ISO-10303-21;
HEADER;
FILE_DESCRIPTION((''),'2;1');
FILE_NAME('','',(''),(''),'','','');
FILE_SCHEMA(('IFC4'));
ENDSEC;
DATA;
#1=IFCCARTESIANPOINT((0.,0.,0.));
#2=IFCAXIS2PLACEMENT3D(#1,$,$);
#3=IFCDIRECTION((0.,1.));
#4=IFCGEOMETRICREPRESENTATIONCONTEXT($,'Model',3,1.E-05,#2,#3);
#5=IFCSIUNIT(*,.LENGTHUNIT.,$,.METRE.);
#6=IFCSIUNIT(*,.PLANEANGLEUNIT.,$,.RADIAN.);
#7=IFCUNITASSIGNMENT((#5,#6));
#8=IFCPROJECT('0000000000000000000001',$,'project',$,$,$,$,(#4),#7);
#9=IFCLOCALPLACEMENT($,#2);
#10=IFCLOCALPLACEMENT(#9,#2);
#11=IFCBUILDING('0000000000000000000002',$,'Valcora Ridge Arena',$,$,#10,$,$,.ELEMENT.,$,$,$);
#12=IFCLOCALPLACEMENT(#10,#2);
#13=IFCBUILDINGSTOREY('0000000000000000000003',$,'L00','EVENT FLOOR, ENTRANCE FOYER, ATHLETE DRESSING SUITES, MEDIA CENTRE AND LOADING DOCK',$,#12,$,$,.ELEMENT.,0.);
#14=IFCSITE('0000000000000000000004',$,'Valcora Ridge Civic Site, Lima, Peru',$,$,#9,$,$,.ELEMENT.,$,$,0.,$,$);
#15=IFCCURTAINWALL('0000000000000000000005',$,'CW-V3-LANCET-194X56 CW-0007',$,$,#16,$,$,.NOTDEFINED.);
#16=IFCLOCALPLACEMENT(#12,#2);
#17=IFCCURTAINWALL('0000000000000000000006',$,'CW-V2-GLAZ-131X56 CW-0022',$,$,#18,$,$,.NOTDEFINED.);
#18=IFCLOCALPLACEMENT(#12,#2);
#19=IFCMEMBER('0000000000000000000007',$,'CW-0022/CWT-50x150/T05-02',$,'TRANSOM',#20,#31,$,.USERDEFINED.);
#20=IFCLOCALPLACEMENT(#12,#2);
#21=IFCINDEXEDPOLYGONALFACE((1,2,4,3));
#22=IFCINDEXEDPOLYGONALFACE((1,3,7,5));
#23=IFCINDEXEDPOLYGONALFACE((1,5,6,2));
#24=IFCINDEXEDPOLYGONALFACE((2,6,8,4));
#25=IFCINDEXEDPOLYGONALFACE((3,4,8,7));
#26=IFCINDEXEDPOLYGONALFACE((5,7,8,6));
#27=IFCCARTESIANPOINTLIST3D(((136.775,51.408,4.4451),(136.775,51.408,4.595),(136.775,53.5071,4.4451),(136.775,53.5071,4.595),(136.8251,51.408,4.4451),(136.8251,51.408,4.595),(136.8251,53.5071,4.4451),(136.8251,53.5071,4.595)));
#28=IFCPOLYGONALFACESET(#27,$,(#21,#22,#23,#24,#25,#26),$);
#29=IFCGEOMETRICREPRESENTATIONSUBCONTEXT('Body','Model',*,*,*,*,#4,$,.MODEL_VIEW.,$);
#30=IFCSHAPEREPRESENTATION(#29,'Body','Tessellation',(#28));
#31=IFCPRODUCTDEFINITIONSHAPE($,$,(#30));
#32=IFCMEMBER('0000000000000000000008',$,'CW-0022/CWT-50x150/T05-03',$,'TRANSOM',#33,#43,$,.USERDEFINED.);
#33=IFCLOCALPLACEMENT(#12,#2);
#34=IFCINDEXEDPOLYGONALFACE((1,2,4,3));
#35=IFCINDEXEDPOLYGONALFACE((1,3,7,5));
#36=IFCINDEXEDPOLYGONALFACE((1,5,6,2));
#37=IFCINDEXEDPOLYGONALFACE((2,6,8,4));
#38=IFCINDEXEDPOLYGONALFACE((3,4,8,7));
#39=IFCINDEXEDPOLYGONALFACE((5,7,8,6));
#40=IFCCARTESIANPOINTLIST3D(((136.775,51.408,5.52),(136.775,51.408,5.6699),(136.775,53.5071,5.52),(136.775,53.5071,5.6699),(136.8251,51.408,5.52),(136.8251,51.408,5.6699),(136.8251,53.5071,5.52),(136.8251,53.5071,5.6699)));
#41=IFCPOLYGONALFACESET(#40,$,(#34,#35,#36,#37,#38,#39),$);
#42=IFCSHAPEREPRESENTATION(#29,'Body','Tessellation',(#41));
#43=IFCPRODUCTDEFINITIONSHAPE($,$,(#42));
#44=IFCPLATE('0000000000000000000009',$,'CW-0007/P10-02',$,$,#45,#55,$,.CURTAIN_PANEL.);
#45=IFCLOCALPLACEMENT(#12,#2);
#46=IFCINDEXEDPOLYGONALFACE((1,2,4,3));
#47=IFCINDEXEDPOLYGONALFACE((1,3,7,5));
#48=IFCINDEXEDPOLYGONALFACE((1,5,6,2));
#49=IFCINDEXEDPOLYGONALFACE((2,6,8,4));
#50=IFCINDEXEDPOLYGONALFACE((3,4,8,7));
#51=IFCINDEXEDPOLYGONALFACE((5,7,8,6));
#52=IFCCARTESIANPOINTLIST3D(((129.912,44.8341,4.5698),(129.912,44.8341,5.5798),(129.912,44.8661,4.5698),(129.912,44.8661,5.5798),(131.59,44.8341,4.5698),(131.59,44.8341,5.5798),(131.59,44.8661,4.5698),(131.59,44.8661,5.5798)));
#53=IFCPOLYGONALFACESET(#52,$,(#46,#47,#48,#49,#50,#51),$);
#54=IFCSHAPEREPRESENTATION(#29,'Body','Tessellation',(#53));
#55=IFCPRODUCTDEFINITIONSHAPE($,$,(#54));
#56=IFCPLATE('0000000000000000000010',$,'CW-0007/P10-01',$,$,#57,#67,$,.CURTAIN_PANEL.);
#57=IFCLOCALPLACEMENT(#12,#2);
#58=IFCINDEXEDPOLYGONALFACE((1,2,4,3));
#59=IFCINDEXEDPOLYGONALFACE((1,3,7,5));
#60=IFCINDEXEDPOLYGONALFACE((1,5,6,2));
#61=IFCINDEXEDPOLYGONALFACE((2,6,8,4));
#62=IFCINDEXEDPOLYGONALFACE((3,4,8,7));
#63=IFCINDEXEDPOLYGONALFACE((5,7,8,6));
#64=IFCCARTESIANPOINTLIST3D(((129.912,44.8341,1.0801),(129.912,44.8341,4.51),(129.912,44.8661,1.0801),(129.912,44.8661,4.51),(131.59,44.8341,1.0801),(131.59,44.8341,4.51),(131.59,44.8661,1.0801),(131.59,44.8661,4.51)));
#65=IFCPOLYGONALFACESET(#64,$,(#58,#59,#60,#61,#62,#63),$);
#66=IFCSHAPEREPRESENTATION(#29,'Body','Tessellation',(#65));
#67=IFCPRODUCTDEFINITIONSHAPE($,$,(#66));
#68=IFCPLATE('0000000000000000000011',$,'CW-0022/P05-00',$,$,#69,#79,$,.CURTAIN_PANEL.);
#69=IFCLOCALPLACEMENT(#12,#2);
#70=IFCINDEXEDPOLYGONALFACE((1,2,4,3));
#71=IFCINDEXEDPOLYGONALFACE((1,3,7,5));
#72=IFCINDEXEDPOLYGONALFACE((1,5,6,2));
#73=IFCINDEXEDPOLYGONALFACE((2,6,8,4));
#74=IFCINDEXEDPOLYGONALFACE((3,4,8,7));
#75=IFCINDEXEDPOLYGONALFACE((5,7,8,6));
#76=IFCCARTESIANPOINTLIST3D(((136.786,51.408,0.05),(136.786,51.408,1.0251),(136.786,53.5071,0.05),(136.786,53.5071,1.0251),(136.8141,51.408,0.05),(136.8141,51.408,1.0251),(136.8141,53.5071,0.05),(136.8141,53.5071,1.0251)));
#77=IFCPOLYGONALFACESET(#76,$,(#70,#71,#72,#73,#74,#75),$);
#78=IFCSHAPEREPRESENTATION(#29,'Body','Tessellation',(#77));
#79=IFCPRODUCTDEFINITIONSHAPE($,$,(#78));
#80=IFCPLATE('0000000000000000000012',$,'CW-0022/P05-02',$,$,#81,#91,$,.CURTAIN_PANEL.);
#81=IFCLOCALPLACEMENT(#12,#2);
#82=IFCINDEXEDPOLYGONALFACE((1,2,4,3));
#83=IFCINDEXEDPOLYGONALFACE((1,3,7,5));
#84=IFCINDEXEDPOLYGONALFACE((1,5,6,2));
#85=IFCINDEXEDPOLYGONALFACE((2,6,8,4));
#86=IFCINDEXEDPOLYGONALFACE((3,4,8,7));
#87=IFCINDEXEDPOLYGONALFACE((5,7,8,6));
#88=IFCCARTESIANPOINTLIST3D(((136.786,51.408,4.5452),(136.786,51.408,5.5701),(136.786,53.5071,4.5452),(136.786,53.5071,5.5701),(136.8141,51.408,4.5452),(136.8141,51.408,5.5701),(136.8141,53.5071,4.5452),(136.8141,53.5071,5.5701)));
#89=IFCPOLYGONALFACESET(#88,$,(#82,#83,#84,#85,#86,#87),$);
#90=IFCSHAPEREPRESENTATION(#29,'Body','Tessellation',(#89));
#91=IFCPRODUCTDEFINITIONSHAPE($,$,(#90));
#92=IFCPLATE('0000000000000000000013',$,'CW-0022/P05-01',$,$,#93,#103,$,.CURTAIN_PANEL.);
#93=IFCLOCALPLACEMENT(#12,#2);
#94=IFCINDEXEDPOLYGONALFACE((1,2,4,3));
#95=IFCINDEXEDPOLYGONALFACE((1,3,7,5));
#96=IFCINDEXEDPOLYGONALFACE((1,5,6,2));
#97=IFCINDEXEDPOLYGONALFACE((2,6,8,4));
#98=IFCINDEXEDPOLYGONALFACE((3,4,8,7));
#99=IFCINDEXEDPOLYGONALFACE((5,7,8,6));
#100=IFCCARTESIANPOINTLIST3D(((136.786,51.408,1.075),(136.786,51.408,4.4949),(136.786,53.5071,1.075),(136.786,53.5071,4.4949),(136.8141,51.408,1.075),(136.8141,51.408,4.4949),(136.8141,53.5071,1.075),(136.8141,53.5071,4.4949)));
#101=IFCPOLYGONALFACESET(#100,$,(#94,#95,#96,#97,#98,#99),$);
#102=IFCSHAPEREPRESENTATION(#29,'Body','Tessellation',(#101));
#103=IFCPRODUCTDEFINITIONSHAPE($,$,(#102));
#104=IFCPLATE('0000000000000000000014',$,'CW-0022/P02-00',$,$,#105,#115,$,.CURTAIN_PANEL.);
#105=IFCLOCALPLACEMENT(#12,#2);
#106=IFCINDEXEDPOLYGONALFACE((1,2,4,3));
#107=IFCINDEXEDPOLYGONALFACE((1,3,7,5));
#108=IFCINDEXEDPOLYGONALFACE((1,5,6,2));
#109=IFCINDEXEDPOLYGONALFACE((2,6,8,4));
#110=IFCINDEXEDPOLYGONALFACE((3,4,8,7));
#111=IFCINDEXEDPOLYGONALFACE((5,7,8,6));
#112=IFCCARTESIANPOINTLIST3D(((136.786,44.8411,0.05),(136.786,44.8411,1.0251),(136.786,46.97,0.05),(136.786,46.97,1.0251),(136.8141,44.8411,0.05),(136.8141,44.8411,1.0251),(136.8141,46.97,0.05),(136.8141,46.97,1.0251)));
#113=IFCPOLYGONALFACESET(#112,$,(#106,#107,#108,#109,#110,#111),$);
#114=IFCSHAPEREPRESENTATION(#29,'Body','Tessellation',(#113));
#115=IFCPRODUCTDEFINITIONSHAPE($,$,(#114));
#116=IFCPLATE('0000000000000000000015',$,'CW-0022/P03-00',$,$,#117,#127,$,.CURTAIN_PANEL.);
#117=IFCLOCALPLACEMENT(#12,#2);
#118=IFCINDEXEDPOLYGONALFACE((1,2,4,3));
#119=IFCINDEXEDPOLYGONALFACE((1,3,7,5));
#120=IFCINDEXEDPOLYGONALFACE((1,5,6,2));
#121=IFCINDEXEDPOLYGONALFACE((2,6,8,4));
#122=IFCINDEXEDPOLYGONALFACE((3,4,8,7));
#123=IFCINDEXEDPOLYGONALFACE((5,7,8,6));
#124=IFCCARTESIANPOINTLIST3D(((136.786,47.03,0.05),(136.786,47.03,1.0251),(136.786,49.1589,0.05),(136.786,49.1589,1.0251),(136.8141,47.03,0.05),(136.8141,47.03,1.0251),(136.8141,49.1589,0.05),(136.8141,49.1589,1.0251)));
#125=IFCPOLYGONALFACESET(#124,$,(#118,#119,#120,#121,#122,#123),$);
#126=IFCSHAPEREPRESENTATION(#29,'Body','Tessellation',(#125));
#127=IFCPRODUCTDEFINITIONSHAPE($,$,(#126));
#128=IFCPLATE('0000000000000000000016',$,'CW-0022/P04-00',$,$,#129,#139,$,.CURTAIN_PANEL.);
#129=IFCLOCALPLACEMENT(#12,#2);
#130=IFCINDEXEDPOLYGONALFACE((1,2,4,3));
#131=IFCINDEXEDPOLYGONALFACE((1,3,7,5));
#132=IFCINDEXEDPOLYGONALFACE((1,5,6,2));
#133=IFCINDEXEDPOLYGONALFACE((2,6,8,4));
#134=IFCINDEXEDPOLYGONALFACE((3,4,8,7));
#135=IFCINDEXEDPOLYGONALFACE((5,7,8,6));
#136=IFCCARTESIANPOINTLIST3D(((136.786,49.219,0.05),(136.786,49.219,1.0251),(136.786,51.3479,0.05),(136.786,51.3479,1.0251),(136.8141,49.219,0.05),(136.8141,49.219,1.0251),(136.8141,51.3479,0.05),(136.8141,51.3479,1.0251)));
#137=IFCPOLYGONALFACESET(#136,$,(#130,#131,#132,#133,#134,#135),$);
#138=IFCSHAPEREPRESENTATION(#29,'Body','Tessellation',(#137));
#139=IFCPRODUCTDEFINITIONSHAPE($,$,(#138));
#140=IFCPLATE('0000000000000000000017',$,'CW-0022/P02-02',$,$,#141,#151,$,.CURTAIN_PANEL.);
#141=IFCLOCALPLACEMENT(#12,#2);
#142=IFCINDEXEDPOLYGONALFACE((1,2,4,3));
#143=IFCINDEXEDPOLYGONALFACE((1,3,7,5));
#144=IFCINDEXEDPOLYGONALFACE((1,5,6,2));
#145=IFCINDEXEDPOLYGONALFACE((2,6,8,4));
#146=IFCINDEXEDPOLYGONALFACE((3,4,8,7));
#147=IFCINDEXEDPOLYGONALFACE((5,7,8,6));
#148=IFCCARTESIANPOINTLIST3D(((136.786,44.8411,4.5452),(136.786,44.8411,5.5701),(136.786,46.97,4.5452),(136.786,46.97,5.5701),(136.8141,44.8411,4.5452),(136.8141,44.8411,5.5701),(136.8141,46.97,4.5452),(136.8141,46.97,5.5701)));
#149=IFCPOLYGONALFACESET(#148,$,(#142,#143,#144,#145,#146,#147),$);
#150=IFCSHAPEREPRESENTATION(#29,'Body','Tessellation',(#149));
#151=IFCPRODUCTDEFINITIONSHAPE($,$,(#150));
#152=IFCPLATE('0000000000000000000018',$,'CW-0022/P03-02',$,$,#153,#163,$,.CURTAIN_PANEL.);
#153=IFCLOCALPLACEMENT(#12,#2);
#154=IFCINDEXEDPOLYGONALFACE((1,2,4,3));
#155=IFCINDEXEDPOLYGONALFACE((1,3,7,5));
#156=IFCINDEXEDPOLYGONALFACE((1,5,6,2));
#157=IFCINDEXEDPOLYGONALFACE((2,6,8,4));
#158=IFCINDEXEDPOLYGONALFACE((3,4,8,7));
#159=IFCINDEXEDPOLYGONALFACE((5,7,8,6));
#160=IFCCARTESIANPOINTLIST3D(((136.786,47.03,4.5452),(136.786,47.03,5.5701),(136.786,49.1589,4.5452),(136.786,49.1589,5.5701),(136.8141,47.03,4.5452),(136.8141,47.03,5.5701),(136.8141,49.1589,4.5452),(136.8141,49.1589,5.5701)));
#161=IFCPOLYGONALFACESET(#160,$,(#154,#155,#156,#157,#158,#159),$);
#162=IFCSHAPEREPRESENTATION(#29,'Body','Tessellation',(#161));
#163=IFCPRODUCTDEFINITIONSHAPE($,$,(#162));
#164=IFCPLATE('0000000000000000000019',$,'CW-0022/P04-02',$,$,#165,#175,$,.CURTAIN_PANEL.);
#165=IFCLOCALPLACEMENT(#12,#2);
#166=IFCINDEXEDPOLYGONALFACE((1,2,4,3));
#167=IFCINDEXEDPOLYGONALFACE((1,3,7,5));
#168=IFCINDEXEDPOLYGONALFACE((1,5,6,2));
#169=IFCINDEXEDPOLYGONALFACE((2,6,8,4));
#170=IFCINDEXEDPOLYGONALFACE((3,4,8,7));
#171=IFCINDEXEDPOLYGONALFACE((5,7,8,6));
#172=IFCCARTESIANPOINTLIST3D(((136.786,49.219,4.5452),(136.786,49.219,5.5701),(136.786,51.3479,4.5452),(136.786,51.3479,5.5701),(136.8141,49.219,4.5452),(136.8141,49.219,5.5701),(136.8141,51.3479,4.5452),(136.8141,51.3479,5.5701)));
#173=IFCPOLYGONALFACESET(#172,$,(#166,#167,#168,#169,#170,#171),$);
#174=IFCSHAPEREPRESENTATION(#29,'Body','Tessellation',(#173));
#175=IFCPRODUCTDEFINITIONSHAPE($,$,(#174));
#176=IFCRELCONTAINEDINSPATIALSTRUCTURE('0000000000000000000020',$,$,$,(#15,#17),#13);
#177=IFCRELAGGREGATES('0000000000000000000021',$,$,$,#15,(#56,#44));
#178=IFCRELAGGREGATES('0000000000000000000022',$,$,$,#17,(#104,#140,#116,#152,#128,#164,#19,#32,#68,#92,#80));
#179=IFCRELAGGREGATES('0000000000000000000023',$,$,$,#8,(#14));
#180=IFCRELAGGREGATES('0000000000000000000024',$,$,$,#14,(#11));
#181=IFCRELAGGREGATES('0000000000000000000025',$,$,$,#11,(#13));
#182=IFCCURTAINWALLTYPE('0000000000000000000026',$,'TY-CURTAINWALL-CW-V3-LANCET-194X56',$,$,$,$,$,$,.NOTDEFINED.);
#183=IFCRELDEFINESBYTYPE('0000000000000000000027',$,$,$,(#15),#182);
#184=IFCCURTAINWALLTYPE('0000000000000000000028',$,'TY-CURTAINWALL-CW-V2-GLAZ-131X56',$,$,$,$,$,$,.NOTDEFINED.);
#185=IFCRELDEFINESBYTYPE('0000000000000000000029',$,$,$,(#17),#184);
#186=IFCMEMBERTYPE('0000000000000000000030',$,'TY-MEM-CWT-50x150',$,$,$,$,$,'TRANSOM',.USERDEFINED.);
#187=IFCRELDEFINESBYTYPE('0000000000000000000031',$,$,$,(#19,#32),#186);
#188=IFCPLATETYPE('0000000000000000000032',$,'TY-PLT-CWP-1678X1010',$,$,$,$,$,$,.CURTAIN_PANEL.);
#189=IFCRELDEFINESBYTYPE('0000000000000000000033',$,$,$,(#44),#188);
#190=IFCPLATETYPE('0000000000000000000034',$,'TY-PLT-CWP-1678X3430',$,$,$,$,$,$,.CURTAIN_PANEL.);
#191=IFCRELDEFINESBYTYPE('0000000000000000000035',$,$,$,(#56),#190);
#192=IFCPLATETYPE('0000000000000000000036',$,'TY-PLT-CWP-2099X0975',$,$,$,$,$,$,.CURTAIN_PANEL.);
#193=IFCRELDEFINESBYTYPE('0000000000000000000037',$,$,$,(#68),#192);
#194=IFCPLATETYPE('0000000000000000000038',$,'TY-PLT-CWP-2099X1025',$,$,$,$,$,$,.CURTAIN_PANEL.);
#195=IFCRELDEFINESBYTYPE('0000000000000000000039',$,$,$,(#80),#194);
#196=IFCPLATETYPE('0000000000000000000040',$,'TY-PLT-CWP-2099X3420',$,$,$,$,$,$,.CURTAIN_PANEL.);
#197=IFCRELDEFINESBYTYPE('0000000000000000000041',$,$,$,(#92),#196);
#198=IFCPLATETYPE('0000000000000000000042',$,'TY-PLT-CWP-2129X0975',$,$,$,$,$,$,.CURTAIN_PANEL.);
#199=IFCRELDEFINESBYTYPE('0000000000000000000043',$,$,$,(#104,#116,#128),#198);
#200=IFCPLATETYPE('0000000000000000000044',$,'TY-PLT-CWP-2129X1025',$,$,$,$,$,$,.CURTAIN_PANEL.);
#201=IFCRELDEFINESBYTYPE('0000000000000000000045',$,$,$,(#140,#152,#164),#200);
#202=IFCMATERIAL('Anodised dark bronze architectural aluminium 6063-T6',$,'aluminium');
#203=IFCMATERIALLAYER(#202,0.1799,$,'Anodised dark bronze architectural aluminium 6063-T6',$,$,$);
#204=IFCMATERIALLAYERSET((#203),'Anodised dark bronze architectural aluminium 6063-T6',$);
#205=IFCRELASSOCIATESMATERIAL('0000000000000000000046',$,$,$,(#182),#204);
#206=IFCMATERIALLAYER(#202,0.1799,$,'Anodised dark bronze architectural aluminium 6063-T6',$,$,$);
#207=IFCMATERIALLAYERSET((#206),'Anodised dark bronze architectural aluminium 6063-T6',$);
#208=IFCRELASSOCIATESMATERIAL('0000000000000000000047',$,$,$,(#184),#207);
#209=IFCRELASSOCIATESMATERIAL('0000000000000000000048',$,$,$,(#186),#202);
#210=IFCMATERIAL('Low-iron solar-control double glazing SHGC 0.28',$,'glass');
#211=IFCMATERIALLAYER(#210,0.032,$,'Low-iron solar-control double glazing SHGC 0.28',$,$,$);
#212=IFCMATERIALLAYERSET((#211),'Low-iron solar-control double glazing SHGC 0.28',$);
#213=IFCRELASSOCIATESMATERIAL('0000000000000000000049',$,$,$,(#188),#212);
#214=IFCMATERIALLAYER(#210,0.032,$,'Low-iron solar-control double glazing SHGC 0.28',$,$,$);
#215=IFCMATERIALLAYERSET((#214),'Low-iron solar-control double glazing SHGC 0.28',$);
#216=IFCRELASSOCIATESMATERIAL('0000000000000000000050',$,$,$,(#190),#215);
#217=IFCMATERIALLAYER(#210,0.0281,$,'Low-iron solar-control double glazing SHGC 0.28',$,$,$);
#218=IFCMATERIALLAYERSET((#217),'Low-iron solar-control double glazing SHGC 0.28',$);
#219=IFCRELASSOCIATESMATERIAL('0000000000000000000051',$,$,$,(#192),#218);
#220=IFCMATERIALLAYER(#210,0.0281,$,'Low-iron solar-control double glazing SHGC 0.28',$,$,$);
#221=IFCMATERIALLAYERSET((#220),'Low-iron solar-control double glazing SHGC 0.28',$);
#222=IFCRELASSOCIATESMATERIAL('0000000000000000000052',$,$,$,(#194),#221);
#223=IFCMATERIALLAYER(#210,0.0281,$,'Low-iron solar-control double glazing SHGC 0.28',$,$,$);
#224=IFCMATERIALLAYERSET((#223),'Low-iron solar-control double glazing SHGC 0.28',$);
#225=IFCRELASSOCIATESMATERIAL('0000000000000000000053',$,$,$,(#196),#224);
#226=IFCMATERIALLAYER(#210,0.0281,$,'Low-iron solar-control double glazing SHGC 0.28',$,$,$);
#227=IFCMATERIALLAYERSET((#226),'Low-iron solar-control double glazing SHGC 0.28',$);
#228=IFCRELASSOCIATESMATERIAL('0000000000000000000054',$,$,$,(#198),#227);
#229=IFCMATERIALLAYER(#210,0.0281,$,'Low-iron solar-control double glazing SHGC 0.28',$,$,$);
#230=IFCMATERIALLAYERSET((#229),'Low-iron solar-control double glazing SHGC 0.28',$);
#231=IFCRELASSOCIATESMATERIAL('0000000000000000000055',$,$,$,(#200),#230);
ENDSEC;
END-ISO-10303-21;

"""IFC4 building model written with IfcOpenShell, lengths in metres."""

from ifc_helpers import new_model, si_unit, direction, frame, origin, origin_2d, place, context, subcontext, project, spatial, rectangle, extrude, material, layer, layer_set, material_profile, profile_set, type_object, element, aggregate, save


model = new_model("IFC4")

# Units and contexts
model_context = context("Model", 3, precision=1e-05, world=origin(), true_north=direction((0.0, 1.0)))
body_context = subcontext(model_context, "Body", "Model", "MODEL_VIEW")
ifc_project = project(units=[si_unit("LENGTHUNIT", "METRE"), si_unit("PLANEANGLEUNIT", "RADIAN")], contexts=[model_context])

# Site, building, storey
site_placement = place(None, origin())
site = spatial("IfcSite", under=ifc_project, at=site_placement, Name="Valcora Ridge Civic Site, Lima, Peru", CompositionType="ELEMENT", RefElevation=0.0)
building_placement = place(site_placement, origin())
building = spatial("IfcBuilding", under=site, at=building_placement, Name="Valcora Ridge Arena", CompositionType="ELEMENT")
storey_placement = place(building_placement, origin())
storey = spatial("IfcBuildingStorey", under=building, at=storey_placement, Name="L00", Description="EVENT FLOOR, ENTRANCE FOYER, ATHLETE DRESSING SUITES, MEDIA CENTRE AND LOADING DOCK", CompositionType="ELEMENT", Elevation=0.0)

# Curtain wall
ifc_material_1 = material(Name="Anodised dark bronze architectural aluminium 6063-T6", Category="aluminium")
ifc_layer_1 = layer(ifc_material_1, 0.1799, Name="Anodised dark bronze architectural aluminium 6063-T6")
ifc_layer_set_1 = layer_set([ifc_layer_1], Name="Anodised dark bronze architectural aluminium 6063-T6")
curtain_wall_type_1 = type_object("IfcCurtainWallType", Name="TY-CURTAINWALL-CW-V3-LANCET-194X56", PredefinedType="NOTDEFINED", material=ifc_layer_set_1)
curtain_wall_1_placement = place(storey_placement, origin())
curtain_wall_1 = element("IfcCurtainWall", 1, at=curtain_wall_1_placement, inside=storey, type_object=curtain_wall_type_1, Name="CW-V3-LANCET-194X56 CW-0007", PredefinedType="NOTDEFINED")

# Curtain wall
ifc_layer_2 = layer(ifc_material_1, 0.1799, Name="Anodised dark bronze architectural aluminium 6063-T6")
ifc_layer_set_2 = layer_set([ifc_layer_2], Name="Anodised dark bronze architectural aluminium 6063-T6")
curtain_wall_type_2 = type_object("IfcCurtainWallType", Name="TY-CURTAINWALL-CW-V2-GLAZ-131X56", PredefinedType="NOTDEFINED", material=ifc_layer_set_2)
curtain_wall_2_placement = place(storey_placement, origin())
curtain_wall_2 = element("IfcCurtainWall", 2, at=curtain_wall_2_placement, inside=storey, type_object=curtain_wall_type_2, Name="CW-V2-GLAZ-131X56 CW-0022", PredefinedType="NOTDEFINED")

# Members
ifc_material_profile_1 = material_profile(ifc_material_1, rectangle(XDim=0.05, YDim=0.1499, at=origin_2d()), Name="ALU TRANSOM 50x150")
ifc_profile_set_1 = profile_set([ifc_material_profile_1], Name="Anodised dark bronze architectural aluminium 6063-T6")
member_type_1 = type_object("IfcMemberType", Name="TY-MEM-CWT-50x150", ElementType="TRANSOM", PredefinedType="USERDEFINED", material=ifc_profile_set_1)
member_1_placement = place(storey_placement, frame((136.8, 51.408, 4.52), z_axis=(0.0, 1.0, 0.0), x_axis=(-1.0, 0.0, 0.0)))
member_1 = element("IfcMember", 3, at=member_1_placement, type_object=member_type_1, Name="CW-0022/CWT-50x150/T05-02", ObjectType="TRANSOM", PredefinedType="USERDEFINED", context=body_context, shape_type="SweptSolid", body=[
    extrude(rectangle(XDim=0.05, YDim=0.1499, at=origin_2d()), origin(), (0.0, 0.0, 1.0), 2.0991),
])
member_2_placement = place(storey_placement, frame((136.8, 51.408, 5.595), z_axis=(0.0, 1.0, 0.0), x_axis=(-1.0, 0.0, 0.0)))
member_2 = element("IfcMember", 4, at=member_2_placement, type_object=member_type_1, Name="CW-0022/CWT-50x150/T05-03", ObjectType="TRANSOM", PredefinedType="USERDEFINED", context=body_context, shape_type="SweptSolid", body=[
    extrude(rectangle(XDim=0.05, YDim=0.1499, at=origin_2d()), origin(), (0.0, 0.0, 1.0), 2.0991),
])

# Plates
ifc_material_2 = material(Name="Low-iron solar-control double glazing SHGC 0.28", Category="glass")
ifc_layer_3 = layer(ifc_material_2, 0.032, Name="Low-iron solar-control double glazing SHGC 0.28")
ifc_layer_set_3 = layer_set([ifc_layer_3], Name="Low-iron solar-control double glazing SHGC 0.28")
plate_type_1 = type_object("IfcPlateType", Name="TY-PLT-CWP-1678X1010", PredefinedType="CURTAIN_PANEL", material=ifc_layer_set_3)
plate_1_placement = place(storey_placement, frame((130.751, 44.8501, 4.5698), z_axis=(0.0, 0.0, 1.0), x_axis=(1.0, 0.0, 0.0)))
plate_1 = element("IfcPlate", 5, at=plate_1_placement, type_object=plate_type_1, Name="CW-0007/P10-02", PredefinedType="CURTAIN_PANEL", context=body_context, shape_type="SweptSolid", body=[
    extrude(rectangle(XDim=1.678, YDim=0.032, at=origin_2d()), origin(), (0.0, 0.0, 1.0), 1.01),
])
ifc_layer_4 = layer(ifc_material_2, 0.032, Name="Low-iron solar-control double glazing SHGC 0.28")
ifc_layer_set_4 = layer_set([ifc_layer_4], Name="Low-iron solar-control double glazing SHGC 0.28")
plate_type_2 = type_object("IfcPlateType", Name="TY-PLT-CWP-1678X3430", PredefinedType="CURTAIN_PANEL", material=ifc_layer_set_4)
plate_2_placement = place(storey_placement, frame((130.751, 44.8501, 1.0801), z_axis=(0.0, 0.0, 1.0), x_axis=(1.0, 0.0, 0.0)))
plate_2 = element("IfcPlate", 6, at=plate_2_placement, type_object=plate_type_2, Name="CW-0007/P10-01", PredefinedType="CURTAIN_PANEL", context=body_context, shape_type="SweptSolid", body=[
    extrude(rectangle(XDim=1.678, YDim=0.032, at=origin_2d()), origin(), (0.0, 0.0, 1.0), 3.4299),
])
aggregate(curtain_wall_1, [plate_2, plate_1])
ifc_layer_5 = layer(ifc_material_2, 0.0281, Name="Low-iron solar-control double glazing SHGC 0.28")
ifc_layer_set_5 = layer_set([ifc_layer_5], Name="Low-iron solar-control double glazing SHGC 0.28")
plate_type_3 = type_object("IfcPlateType", Name="TY-PLT-CWP-2099X0975", PredefinedType="CURTAIN_PANEL", material=ifc_layer_set_5)
plate_3_placement = place(storey_placement, frame((136.8, 52.4575, 0.05), z_axis=(0.0, 0.0, 1.0), x_axis=(0.0, 1.0, 0.0)))
plate_3 = element("IfcPlate", 7, at=plate_3_placement, type_object=plate_type_3, Name="CW-0022/P05-00", PredefinedType="CURTAIN_PANEL", context=body_context, shape_type="SweptSolid", body=[
    extrude(rectangle(XDim=2.0991, YDim=0.0281, at=origin_2d()), origin(), (0.0, 0.0, 1.0), 0.9751),
])
ifc_layer_6 = layer(ifc_material_2, 0.0281, Name="Low-iron solar-control double glazing SHGC 0.28")
ifc_layer_set_6 = layer_set([ifc_layer_6], Name="Low-iron solar-control double glazing SHGC 0.28")
plate_type_4 = type_object("IfcPlateType", Name="TY-PLT-CWP-2099X1025", PredefinedType="CURTAIN_PANEL", material=ifc_layer_set_6)
plate_4_placement = place(storey_placement, frame((136.8, 52.4575, 4.5452), z_axis=(0.0, 0.0, 1.0), x_axis=(0.0, 1.0, 0.0)))
plate_4 = element("IfcPlate", 8, at=plate_4_placement, type_object=plate_type_4, Name="CW-0022/P05-02", PredefinedType="CURTAIN_PANEL", context=body_context, shape_type="SweptSolid", body=[
    extrude(rectangle(XDim=2.0991, YDim=0.0281, at=origin_2d()), origin(), (0.0, 0.0, 1.0), 1.0249),
])
ifc_layer_7 = layer(ifc_material_2, 0.0281, Name="Low-iron solar-control double glazing SHGC 0.28")
ifc_layer_set_7 = layer_set([ifc_layer_7], Name="Low-iron solar-control double glazing SHGC 0.28")
plate_type_5 = type_object("IfcPlateType", Name="TY-PLT-CWP-2099X3420", PredefinedType="CURTAIN_PANEL", material=ifc_layer_set_7)
plate_5_placement = place(storey_placement, frame((136.8, 52.4575, 1.075), z_axis=(0.0, 0.0, 1.0), x_axis=(0.0, 1.0, 0.0)))
plate_5 = element("IfcPlate", 9, at=plate_5_placement, type_object=plate_type_5, Name="CW-0022/P05-01", PredefinedType="CURTAIN_PANEL", context=body_context, shape_type="SweptSolid", body=[
    extrude(rectangle(XDim=2.0991, YDim=0.0281, at=origin_2d()), origin(), (0.0, 0.0, 1.0), 3.4199),
])
ifc_layer_8 = layer(ifc_material_2, 0.0281, Name="Low-iron solar-control double glazing SHGC 0.28")
ifc_layer_set_8 = layer_set([ifc_layer_8], Name="Low-iron solar-control double glazing SHGC 0.28")
plate_type_6 = type_object("IfcPlateType", Name="TY-PLT-CWP-2129X0975", PredefinedType="CURTAIN_PANEL", material=ifc_layer_set_8)
plate_6_placement = place(storey_placement, frame((136.8, 45.9055, 0.05), z_axis=(0.0, 0.0, 1.0), x_axis=(0.0, 1.0, 0.0)))
plate_6 = element("IfcPlate", 10, at=plate_6_placement, type_object=plate_type_6, Name="CW-0022/P02-00", PredefinedType="CURTAIN_PANEL", context=body_context, shape_type="SweptSolid", body=[
    extrude(rectangle(XDim=2.1289, YDim=0.0281, at=origin_2d()), origin(), (0.0, 0.0, 1.0), 0.9751),
])
plate_7_placement = place(storey_placement, frame((136.8, 48.0945, 0.05), z_axis=(0.0, 0.0, 1.0), x_axis=(0.0, 1.0, 0.0)))
plate_7 = element("IfcPlate", 11, at=plate_7_placement, type_object=plate_type_6, Name="CW-0022/P03-00", PredefinedType="CURTAIN_PANEL", context=body_context, shape_type="SweptSolid", body=[
    extrude(rectangle(XDim=2.1289, YDim=0.0281, at=origin_2d()), origin(), (0.0, 0.0, 1.0), 0.9751),
])
plate_8_placement = place(storey_placement, frame((136.8, 50.2834, 0.05), z_axis=(0.0, 0.0, 1.0), x_axis=(0.0, 1.0, 0.0)))
plate_8 = element("IfcPlate", 12, at=plate_8_placement, type_object=plate_type_6, Name="CW-0022/P04-00", PredefinedType="CURTAIN_PANEL", context=body_context, shape_type="SweptSolid", body=[
    extrude(rectangle(XDim=2.1289, YDim=0.0281, at=origin_2d()), origin(), (0.0, 0.0, 1.0), 0.9751),
])
ifc_layer_9 = layer(ifc_material_2, 0.0281, Name="Low-iron solar-control double glazing SHGC 0.28")
ifc_layer_set_9 = layer_set([ifc_layer_9], Name="Low-iron solar-control double glazing SHGC 0.28")
plate_type_7 = type_object("IfcPlateType", Name="TY-PLT-CWP-2129X1025", PredefinedType="CURTAIN_PANEL", material=ifc_layer_set_9)
plate_9_placement = place(storey_placement, frame((136.8, 45.9055, 4.5452), z_axis=(0.0, 0.0, 1.0), x_axis=(0.0, 1.0, 0.0)))
plate_9 = element("IfcPlate", 13, at=plate_9_placement, type_object=plate_type_7, Name="CW-0022/P02-02", PredefinedType="CURTAIN_PANEL", context=body_context, shape_type="SweptSolid", body=[
    extrude(rectangle(XDim=2.1289, YDim=0.0281, at=origin_2d()), origin(), (0.0, 0.0, 1.0), 1.0249),
])
plate_10_placement = place(storey_placement, frame((136.8, 48.0945, 4.5452), z_axis=(0.0, 0.0, 1.0), x_axis=(0.0, 1.0, 0.0)))
plate_10 = element("IfcPlate", 14, at=plate_10_placement, type_object=plate_type_7, Name="CW-0022/P03-02", PredefinedType="CURTAIN_PANEL", context=body_context, shape_type="SweptSolid", body=[
    extrude(rectangle(XDim=2.1289, YDim=0.0281, at=origin_2d()), origin(), (0.0, 0.0, 1.0), 1.0249),
])
plate_11_placement = place(storey_placement, frame((136.8, 50.2834, 4.5452), z_axis=(0.0, 0.0, 1.0), x_axis=(0.0, 1.0, 0.0)))
plate_11 = element("IfcPlate", 15, at=plate_11_placement, type_object=plate_type_7, Name="CW-0022/P04-02", PredefinedType="CURTAIN_PANEL", context=body_context, shape_type="SweptSolid", body=[
    extrude(rectangle(XDim=2.1289, YDim=0.0281, at=origin_2d()), origin(), (0.0, 0.0, 1.0), 1.0249),
])
aggregate(curtain_wall_2, [plate_6, plate_9, plate_7, plate_10, plate_8, plate_11, member_1, member_2, plate_3, plate_5, plate_4])

save(model, "model.ifc")
